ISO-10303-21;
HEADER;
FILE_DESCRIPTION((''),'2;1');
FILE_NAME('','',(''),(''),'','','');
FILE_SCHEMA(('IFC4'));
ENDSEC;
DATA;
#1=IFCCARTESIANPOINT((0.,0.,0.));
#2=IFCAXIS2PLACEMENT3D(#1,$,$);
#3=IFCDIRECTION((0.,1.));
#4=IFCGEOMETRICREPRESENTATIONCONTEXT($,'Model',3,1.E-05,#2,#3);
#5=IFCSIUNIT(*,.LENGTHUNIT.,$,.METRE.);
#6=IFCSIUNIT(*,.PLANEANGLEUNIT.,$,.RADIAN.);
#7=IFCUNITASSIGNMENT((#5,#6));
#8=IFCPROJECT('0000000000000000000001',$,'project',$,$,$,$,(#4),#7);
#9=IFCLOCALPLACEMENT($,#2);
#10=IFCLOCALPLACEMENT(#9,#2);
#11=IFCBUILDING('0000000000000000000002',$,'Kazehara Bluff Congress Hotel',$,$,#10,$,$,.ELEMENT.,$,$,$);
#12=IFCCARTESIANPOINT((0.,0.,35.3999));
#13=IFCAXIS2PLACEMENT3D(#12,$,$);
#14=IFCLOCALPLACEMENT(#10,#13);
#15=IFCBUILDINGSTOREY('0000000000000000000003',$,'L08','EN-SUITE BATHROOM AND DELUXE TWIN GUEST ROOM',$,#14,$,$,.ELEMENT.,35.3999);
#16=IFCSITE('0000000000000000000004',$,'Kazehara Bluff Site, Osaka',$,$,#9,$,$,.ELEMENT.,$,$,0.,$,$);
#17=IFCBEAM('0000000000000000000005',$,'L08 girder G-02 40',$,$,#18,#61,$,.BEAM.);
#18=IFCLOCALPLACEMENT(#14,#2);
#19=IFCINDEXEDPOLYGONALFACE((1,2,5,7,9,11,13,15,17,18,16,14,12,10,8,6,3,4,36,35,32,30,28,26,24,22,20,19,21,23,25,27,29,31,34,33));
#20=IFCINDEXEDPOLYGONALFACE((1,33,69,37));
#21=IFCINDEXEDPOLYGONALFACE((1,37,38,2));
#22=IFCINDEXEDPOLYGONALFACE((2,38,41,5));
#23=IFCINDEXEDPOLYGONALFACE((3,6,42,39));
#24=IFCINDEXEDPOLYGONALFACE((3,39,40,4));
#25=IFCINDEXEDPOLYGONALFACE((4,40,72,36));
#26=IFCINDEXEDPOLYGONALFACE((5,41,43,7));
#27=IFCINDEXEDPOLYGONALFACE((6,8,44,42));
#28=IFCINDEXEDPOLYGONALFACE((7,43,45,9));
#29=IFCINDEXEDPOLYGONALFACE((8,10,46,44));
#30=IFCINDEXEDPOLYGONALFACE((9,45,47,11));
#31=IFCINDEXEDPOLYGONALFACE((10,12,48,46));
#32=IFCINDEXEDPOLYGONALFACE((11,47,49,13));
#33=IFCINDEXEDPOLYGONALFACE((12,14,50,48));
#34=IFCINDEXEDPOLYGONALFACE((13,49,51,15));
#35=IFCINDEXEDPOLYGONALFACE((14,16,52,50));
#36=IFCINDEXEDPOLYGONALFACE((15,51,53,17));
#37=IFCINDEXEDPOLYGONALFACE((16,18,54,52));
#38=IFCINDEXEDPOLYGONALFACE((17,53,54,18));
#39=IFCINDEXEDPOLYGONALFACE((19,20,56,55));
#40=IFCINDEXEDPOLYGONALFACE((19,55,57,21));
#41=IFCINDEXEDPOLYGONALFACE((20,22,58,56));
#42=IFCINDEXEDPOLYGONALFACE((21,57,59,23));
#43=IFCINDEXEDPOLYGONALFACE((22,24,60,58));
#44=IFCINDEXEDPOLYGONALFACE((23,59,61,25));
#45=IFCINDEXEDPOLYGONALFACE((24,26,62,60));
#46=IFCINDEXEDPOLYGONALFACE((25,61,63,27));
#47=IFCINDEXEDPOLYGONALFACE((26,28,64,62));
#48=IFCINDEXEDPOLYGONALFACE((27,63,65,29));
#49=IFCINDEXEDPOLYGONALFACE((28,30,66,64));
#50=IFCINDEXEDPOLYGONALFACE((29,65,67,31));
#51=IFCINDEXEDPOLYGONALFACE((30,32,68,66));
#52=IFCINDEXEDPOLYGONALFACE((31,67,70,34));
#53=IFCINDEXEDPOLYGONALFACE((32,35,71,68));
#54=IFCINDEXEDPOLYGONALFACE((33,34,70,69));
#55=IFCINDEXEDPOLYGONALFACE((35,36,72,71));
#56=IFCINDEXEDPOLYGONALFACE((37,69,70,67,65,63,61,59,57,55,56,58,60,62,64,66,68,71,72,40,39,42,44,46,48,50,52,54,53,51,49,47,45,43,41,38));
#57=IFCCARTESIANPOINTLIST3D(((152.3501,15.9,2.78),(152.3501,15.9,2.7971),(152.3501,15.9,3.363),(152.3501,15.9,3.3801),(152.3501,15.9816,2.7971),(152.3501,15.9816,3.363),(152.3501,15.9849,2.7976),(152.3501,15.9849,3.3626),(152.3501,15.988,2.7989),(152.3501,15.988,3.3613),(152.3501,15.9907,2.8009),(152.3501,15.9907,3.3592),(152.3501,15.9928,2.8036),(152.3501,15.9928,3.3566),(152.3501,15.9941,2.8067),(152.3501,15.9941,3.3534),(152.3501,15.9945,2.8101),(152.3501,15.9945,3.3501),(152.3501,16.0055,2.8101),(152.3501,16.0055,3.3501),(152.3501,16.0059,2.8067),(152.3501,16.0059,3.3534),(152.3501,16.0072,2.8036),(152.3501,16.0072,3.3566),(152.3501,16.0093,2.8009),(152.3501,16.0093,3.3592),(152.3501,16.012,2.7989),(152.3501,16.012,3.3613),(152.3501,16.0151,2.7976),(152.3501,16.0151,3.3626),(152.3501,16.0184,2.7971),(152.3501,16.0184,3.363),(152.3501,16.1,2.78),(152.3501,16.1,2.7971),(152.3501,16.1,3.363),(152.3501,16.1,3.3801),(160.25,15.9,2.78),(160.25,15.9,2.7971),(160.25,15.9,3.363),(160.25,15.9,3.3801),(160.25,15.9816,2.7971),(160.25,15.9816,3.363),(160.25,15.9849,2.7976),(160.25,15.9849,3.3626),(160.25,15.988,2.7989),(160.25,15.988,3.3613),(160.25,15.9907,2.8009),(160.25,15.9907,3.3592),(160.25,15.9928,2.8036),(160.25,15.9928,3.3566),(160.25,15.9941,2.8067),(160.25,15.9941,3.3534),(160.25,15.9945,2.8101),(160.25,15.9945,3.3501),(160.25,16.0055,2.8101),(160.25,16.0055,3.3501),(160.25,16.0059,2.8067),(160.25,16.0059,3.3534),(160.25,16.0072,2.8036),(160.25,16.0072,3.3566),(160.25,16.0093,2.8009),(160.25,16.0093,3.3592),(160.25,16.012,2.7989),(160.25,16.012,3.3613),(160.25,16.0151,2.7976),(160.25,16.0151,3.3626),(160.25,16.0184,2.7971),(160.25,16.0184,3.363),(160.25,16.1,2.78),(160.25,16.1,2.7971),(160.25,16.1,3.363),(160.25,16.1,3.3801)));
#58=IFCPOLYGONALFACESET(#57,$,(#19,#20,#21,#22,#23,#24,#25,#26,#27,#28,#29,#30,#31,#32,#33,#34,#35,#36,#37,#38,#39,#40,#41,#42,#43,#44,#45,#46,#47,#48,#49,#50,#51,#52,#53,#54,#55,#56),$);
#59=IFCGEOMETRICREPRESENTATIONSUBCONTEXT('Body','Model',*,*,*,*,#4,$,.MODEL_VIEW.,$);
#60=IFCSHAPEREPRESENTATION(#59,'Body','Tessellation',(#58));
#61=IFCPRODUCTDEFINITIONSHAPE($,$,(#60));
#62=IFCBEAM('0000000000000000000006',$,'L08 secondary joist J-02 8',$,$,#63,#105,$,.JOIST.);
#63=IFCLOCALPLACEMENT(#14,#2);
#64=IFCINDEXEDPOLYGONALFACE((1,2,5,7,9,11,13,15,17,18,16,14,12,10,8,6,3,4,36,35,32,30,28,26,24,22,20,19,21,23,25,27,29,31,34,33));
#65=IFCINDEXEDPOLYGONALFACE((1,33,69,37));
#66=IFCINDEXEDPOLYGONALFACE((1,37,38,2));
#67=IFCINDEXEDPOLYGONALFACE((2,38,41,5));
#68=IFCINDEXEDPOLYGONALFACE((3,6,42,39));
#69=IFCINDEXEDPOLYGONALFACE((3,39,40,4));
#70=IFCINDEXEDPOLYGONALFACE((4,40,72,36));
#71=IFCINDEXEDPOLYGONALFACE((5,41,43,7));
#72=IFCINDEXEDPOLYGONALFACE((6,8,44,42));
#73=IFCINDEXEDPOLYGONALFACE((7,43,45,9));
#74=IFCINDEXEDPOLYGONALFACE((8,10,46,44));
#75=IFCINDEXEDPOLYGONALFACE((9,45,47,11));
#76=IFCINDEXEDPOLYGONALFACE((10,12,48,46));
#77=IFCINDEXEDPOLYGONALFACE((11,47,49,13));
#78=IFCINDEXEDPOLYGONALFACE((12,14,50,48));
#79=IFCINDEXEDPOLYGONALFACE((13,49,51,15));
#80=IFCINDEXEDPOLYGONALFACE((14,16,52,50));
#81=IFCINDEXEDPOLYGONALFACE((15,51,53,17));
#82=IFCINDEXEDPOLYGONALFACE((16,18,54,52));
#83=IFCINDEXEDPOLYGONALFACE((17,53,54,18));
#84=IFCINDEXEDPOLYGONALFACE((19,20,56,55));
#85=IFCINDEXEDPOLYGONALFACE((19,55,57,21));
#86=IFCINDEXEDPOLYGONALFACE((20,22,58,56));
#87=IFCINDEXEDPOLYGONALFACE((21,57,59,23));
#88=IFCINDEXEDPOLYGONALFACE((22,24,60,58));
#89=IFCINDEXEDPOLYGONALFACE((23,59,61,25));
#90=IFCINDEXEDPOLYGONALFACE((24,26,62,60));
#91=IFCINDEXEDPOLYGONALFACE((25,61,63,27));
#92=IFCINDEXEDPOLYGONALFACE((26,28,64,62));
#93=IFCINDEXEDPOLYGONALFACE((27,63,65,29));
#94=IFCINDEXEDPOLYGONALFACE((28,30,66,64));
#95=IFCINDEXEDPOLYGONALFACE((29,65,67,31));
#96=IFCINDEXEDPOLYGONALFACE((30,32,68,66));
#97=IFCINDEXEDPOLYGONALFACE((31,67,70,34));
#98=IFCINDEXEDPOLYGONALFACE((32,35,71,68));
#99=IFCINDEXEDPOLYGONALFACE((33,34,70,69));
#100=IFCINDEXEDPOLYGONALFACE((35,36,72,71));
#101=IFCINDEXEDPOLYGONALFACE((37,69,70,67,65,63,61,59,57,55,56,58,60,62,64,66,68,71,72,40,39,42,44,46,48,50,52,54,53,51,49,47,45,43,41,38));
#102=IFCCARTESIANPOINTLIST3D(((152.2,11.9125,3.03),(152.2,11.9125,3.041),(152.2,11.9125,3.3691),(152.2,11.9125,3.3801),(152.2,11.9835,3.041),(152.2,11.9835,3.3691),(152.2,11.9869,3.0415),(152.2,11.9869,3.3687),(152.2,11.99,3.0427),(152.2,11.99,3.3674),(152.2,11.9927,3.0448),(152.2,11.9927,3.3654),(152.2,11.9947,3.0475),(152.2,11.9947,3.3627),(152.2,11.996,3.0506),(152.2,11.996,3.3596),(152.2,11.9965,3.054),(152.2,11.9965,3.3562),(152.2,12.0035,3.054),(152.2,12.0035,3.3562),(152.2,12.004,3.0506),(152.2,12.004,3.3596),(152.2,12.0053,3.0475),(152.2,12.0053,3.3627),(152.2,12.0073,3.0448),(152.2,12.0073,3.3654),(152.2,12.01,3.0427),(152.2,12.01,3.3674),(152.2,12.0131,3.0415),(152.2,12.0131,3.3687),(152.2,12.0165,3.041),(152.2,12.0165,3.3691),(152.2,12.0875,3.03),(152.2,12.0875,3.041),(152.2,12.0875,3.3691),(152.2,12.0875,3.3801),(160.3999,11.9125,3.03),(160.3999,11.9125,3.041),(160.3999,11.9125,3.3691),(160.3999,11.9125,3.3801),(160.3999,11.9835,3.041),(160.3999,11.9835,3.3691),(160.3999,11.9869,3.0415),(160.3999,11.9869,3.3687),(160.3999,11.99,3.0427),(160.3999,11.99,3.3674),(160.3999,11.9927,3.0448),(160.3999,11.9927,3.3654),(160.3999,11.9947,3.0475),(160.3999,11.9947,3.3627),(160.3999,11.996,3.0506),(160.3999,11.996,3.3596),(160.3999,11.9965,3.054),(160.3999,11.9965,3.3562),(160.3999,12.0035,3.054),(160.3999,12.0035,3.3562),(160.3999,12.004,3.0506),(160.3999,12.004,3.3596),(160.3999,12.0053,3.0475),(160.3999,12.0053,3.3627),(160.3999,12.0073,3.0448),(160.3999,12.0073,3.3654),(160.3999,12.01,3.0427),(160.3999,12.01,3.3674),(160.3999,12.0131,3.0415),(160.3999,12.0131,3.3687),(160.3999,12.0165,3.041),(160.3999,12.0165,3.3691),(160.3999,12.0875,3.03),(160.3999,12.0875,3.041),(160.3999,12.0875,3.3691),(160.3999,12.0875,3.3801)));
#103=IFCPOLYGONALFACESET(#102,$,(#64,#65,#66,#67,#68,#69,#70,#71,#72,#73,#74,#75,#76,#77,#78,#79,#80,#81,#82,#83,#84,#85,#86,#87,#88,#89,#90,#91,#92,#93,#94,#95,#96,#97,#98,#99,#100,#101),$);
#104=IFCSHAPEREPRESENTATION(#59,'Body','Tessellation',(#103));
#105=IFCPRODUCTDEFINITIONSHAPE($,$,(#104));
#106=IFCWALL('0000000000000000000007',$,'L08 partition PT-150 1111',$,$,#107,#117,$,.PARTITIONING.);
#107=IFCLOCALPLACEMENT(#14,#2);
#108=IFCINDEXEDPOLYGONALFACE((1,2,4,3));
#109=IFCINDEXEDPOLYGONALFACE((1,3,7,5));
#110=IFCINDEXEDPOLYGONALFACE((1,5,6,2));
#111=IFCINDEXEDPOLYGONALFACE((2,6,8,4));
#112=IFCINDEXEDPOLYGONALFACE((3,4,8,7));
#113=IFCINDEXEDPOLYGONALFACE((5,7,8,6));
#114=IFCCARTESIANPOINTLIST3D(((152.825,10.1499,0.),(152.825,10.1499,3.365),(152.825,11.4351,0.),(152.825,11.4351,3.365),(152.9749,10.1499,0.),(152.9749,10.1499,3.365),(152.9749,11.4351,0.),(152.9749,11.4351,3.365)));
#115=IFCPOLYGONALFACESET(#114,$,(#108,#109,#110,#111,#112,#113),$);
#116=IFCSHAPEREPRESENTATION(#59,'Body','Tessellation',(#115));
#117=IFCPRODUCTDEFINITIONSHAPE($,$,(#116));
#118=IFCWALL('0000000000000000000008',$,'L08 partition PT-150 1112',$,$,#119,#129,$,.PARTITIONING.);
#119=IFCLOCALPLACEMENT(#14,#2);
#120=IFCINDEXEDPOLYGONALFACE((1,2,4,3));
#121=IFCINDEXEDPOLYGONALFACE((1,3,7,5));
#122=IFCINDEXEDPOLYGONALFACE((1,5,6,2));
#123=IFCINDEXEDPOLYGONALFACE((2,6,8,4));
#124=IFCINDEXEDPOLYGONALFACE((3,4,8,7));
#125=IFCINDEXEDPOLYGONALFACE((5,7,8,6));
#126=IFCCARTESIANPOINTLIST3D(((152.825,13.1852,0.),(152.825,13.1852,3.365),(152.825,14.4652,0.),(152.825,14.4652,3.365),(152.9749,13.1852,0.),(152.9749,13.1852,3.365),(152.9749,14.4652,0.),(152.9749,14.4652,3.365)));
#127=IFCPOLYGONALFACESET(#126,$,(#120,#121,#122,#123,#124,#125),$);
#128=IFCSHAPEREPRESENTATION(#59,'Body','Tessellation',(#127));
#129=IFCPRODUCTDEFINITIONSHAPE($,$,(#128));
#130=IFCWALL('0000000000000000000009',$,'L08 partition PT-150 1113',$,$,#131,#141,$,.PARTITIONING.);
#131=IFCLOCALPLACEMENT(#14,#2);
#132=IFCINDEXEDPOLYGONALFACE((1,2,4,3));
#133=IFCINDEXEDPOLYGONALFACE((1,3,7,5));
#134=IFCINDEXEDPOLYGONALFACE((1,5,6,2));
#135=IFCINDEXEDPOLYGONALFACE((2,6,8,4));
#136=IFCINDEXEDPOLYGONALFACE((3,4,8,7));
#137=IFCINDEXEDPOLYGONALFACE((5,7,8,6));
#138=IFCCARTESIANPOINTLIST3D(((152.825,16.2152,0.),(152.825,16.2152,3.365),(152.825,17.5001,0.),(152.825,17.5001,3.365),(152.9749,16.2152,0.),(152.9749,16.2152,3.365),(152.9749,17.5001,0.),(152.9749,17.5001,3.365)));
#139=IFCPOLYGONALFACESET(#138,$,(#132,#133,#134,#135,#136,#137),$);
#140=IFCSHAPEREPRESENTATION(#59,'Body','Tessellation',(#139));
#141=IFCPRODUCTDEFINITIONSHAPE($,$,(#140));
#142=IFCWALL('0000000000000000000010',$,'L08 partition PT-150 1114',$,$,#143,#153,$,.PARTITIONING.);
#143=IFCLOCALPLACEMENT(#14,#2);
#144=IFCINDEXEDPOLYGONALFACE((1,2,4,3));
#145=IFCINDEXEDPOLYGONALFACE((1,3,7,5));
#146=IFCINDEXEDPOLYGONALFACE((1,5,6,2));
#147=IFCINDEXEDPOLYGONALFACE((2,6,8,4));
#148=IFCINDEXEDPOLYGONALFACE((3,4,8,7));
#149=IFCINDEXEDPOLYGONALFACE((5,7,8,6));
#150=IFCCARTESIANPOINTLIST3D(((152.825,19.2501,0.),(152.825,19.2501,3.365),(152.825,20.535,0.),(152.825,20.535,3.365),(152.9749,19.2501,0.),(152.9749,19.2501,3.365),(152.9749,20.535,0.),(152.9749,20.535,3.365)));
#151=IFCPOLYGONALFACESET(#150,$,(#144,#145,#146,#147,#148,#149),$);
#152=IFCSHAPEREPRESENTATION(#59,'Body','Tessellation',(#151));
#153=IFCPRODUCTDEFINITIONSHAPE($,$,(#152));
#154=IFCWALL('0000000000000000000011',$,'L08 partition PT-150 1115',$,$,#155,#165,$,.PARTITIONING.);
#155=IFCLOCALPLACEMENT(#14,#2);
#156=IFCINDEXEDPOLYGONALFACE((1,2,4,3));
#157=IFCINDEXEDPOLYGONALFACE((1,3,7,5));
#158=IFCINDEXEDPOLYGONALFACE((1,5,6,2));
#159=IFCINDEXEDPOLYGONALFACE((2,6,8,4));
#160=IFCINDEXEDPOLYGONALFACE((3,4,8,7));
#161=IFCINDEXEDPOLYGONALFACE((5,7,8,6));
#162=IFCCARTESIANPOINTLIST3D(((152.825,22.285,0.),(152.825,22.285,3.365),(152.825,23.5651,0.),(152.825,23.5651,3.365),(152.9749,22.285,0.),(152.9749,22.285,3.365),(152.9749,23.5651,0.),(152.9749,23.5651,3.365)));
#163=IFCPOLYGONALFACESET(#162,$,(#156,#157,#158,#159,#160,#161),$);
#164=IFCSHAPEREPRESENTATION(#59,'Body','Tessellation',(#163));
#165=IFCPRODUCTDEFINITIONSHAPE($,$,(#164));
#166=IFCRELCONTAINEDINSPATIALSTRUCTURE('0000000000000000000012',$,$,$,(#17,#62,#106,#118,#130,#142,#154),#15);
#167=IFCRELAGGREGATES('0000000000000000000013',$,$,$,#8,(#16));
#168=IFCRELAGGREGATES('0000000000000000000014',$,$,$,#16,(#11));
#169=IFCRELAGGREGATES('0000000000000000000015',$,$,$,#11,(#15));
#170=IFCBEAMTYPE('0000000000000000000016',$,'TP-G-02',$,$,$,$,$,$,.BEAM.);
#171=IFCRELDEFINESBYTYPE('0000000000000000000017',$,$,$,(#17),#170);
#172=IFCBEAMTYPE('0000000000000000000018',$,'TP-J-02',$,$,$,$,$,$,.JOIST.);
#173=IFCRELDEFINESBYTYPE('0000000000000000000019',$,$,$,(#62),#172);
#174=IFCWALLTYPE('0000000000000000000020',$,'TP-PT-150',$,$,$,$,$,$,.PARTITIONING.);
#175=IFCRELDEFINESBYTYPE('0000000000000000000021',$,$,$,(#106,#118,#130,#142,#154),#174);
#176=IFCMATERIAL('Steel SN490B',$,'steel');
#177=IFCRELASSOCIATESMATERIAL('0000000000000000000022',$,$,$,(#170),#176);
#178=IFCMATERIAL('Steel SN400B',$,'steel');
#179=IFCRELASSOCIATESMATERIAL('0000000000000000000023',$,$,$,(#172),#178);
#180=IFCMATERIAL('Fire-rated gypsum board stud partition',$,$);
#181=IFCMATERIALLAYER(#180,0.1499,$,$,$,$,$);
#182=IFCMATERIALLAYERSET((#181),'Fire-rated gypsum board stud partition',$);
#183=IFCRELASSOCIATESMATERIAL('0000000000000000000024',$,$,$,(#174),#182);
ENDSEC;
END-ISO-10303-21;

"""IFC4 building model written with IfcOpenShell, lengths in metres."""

from ifc_helpers import new_model, si_unit, direction, frame, frame_2d, origin, origin_2d, place, context, subcontext, project, spatial, rectangle, i_section, extrude, material, layer, layer_set, material_profile, profile_set, type_object, element, save


model = new_model("IFC4")

# Units and contexts
model_context = context("Model", 3, precision=1e-05, world=origin(), true_north=direction((0.0, 1.0)))
body_context = subcontext(model_context, "Body", "Model", "MODEL_VIEW")
ifc_project = project(units=[si_unit("LENGTHUNIT", "METRE"), si_unit("PLANEANGLEUNIT", "RADIAN")], contexts=[model_context])

# Site, building, storey
site_placement = place(None, origin())
site = spatial("IfcSite", under=ifc_project, at=site_placement, Name="Kazehara Bluff Site, Osaka", CompositionType="ELEMENT", RefElevation=0.0)
building_placement = place(site_placement, origin())
building = spatial("IfcBuilding", under=site, at=building_placement, Name="Kazehara Bluff Congress Hotel", CompositionType="ELEMENT")
storey_placement = place(building_placement, frame((0.0, 0.0, 35.3999)))
storey = spatial("IfcBuildingStorey", under=building, at=storey_placement, Name="L08", Description="EN-SUITE BATHROOM AND DELUXE TWIN GUEST ROOM", CompositionType="ELEMENT", Elevation=35.3999)

# Beams
ifc_material_1 = material(Name="Steel SN490B", Category="steel")
ifc_material_profile_1 = material_profile(ifc_material_1, i_section(OverallWidth=0.2, OverallDepth=0.6001, WebThickness=0.011, FlangeThickness=0.0171, FilletRadius=0.0129, at=origin_2d()))
ifc_profile_set_1 = profile_set([ifc_material_profile_1], Name="Steel SN490B")
beam_type_1 = type_object("IfcBeamType", Name="TP-G-02", PredefinedType="BEAM", material=ifc_profile_set_1)
beam_1_placement = place(storey_placement, frame((152.3501, 16.0, 3.0801), z_axis=(1.0, 0.0, 0.0), x_axis=(0.0, 1.0, 0.0)))
element("IfcBeam", 1, at=beam_1_placement, inside=storey, type_object=beam_type_1, Name="L08 girder G-02 40", PredefinedType="BEAM", context=body_context, shape_type="SweptSolid", body=[
    extrude(i_section(OverallWidth=0.2, OverallDepth=0.6001, WebThickness=0.011, FlangeThickness=0.0171, FilletRadius=0.0129, at=origin_2d()), origin(), (0.0, 0.0, 1.0), 7.8999),
])
ifc_material_2 = material(Name="Steel SN400B", Category="steel")
ifc_material_profile_2 = material_profile(ifc_material_2, i_section(OverallWidth=0.175, OverallDepth=0.3501, WebThickness=0.0071, FlangeThickness=0.011, FilletRadius=0.0129, at=origin_2d()))
ifc_profile_set_2 = profile_set([ifc_material_profile_2], Name="Steel SN400B")
beam_type_2 = type_object("IfcBeamType", Name="TP-J-02", PredefinedType="JOIST", material=ifc_profile_set_2)
beam_2_placement = place(storey_placement, frame((152.2, 12.0, 3.2051), z_axis=(1.0, 0.0, 0.0), x_axis=(0.0, 1.0, 0.0)))
element("IfcBeam", 2, at=beam_2_placement, inside=storey, type_object=beam_type_2, Name="L08 secondary joist J-02 8", PredefinedType="JOIST", context=body_context, shape_type="SweptSolid", body=[
    extrude(i_section(OverallWidth=0.175, OverallDepth=0.3501, WebThickness=0.0071, FlangeThickness=0.011, FilletRadius=0.0129, at=origin_2d()), origin(), (0.0, 0.0, 1.0), 8.2),
])

# Shared definitions
ifc_material_3 = material(Name="Fire-rated gypsum board stud partition")
ifc_layer_1 = layer(ifc_material_3, 0.1499)
ifc_layer_set_1 = layer_set([ifc_layer_1], Name="Fire-rated gypsum board stud partition")
wall_type = type_object("IfcWallType", Name="TP-PT-150", PredefinedType="PARTITIONING", material=ifc_layer_set_1)

# Walls
wall_1_placement = place(storey_placement, frame((152.8999, 10.1499, 0.0), z_axis=(0.0, 0.0, 1.0), x_axis=(0.0, 1.0, 0.0)))
element("IfcWall", 3, at=wall_1_placement, inside=storey, type_object=wall_type, Name="L08 partition PT-150 1111", PredefinedType="PARTITIONING", context=body_context, shape_type="SweptSolid", body=[
    extrude(rectangle(XDim=1.2852, YDim=0.1499, at=frame_2d((0.6426, 0.0))), origin(), (0.0, 0.0, 1.0), 3.365),
])
wall_2_placement = place(storey_placement, frame((152.8999, 13.1851, 0.0), z_axis=(0.0, 0.0, 1.0), x_axis=(0.0, 1.0, 0.0)))
element("IfcWall", 4, at=wall_2_placement, inside=storey, type_object=wall_type, Name="L08 partition PT-150 1112", PredefinedType="PARTITIONING", context=body_context, shape_type="SweptSolid", body=[
    extrude(rectangle(XDim=1.28, YDim=0.1499, at=frame_2d((0.6401, 0.0))), origin(), (0.0, 0.0, 1.0), 3.365),
])
for number, where, z_axis, x_axis, name in (
    (5, (152.8999, 16.2151, 0.0), (0.0, 0.0, 1.0), (0.0, 1.0, 0.0), "L08 partition PT-150 1113"),
    (6, (152.8999, 19.25, 0.0), (0.0, 0.0, 1.0), (0.0, 1.0, 0.0), "L08 partition PT-150 1114"),
):
    element("IfcWall", number, at=place(storey_placement, frame(where, z_axis=z_axis, x_axis=x_axis)), inside=storey, type_object=wall_type, Name=name, PredefinedType="PARTITIONING", context=body_context, shape_type="SweptSolid", body=[
        extrude(rectangle(XDim=1.2849, YDim=0.1499, at=frame_2d((0.6426, 0.0))), origin(), (0.0, 0.0, 1.0), 3.365),
    ])
wall_3_placement = place(storey_placement, frame((152.8999, 22.2849, 0.0), z_axis=(0.0, 0.0, 1.0), x_axis=(0.0, 1.0, 0.0)))
element("IfcWall", 7, at=wall_3_placement, inside=storey, type_object=wall_type, Name="L08 partition PT-150 1115", PredefinedType="PARTITIONING", context=body_context, shape_type="SweptSolid", body=[
    extrude(rectangle(XDim=1.28, YDim=0.1499, at=frame_2d((0.6401, 0.0))), origin(), (0.0, 0.0, 1.0), 3.365),
])

save(model, "model.ifc")
